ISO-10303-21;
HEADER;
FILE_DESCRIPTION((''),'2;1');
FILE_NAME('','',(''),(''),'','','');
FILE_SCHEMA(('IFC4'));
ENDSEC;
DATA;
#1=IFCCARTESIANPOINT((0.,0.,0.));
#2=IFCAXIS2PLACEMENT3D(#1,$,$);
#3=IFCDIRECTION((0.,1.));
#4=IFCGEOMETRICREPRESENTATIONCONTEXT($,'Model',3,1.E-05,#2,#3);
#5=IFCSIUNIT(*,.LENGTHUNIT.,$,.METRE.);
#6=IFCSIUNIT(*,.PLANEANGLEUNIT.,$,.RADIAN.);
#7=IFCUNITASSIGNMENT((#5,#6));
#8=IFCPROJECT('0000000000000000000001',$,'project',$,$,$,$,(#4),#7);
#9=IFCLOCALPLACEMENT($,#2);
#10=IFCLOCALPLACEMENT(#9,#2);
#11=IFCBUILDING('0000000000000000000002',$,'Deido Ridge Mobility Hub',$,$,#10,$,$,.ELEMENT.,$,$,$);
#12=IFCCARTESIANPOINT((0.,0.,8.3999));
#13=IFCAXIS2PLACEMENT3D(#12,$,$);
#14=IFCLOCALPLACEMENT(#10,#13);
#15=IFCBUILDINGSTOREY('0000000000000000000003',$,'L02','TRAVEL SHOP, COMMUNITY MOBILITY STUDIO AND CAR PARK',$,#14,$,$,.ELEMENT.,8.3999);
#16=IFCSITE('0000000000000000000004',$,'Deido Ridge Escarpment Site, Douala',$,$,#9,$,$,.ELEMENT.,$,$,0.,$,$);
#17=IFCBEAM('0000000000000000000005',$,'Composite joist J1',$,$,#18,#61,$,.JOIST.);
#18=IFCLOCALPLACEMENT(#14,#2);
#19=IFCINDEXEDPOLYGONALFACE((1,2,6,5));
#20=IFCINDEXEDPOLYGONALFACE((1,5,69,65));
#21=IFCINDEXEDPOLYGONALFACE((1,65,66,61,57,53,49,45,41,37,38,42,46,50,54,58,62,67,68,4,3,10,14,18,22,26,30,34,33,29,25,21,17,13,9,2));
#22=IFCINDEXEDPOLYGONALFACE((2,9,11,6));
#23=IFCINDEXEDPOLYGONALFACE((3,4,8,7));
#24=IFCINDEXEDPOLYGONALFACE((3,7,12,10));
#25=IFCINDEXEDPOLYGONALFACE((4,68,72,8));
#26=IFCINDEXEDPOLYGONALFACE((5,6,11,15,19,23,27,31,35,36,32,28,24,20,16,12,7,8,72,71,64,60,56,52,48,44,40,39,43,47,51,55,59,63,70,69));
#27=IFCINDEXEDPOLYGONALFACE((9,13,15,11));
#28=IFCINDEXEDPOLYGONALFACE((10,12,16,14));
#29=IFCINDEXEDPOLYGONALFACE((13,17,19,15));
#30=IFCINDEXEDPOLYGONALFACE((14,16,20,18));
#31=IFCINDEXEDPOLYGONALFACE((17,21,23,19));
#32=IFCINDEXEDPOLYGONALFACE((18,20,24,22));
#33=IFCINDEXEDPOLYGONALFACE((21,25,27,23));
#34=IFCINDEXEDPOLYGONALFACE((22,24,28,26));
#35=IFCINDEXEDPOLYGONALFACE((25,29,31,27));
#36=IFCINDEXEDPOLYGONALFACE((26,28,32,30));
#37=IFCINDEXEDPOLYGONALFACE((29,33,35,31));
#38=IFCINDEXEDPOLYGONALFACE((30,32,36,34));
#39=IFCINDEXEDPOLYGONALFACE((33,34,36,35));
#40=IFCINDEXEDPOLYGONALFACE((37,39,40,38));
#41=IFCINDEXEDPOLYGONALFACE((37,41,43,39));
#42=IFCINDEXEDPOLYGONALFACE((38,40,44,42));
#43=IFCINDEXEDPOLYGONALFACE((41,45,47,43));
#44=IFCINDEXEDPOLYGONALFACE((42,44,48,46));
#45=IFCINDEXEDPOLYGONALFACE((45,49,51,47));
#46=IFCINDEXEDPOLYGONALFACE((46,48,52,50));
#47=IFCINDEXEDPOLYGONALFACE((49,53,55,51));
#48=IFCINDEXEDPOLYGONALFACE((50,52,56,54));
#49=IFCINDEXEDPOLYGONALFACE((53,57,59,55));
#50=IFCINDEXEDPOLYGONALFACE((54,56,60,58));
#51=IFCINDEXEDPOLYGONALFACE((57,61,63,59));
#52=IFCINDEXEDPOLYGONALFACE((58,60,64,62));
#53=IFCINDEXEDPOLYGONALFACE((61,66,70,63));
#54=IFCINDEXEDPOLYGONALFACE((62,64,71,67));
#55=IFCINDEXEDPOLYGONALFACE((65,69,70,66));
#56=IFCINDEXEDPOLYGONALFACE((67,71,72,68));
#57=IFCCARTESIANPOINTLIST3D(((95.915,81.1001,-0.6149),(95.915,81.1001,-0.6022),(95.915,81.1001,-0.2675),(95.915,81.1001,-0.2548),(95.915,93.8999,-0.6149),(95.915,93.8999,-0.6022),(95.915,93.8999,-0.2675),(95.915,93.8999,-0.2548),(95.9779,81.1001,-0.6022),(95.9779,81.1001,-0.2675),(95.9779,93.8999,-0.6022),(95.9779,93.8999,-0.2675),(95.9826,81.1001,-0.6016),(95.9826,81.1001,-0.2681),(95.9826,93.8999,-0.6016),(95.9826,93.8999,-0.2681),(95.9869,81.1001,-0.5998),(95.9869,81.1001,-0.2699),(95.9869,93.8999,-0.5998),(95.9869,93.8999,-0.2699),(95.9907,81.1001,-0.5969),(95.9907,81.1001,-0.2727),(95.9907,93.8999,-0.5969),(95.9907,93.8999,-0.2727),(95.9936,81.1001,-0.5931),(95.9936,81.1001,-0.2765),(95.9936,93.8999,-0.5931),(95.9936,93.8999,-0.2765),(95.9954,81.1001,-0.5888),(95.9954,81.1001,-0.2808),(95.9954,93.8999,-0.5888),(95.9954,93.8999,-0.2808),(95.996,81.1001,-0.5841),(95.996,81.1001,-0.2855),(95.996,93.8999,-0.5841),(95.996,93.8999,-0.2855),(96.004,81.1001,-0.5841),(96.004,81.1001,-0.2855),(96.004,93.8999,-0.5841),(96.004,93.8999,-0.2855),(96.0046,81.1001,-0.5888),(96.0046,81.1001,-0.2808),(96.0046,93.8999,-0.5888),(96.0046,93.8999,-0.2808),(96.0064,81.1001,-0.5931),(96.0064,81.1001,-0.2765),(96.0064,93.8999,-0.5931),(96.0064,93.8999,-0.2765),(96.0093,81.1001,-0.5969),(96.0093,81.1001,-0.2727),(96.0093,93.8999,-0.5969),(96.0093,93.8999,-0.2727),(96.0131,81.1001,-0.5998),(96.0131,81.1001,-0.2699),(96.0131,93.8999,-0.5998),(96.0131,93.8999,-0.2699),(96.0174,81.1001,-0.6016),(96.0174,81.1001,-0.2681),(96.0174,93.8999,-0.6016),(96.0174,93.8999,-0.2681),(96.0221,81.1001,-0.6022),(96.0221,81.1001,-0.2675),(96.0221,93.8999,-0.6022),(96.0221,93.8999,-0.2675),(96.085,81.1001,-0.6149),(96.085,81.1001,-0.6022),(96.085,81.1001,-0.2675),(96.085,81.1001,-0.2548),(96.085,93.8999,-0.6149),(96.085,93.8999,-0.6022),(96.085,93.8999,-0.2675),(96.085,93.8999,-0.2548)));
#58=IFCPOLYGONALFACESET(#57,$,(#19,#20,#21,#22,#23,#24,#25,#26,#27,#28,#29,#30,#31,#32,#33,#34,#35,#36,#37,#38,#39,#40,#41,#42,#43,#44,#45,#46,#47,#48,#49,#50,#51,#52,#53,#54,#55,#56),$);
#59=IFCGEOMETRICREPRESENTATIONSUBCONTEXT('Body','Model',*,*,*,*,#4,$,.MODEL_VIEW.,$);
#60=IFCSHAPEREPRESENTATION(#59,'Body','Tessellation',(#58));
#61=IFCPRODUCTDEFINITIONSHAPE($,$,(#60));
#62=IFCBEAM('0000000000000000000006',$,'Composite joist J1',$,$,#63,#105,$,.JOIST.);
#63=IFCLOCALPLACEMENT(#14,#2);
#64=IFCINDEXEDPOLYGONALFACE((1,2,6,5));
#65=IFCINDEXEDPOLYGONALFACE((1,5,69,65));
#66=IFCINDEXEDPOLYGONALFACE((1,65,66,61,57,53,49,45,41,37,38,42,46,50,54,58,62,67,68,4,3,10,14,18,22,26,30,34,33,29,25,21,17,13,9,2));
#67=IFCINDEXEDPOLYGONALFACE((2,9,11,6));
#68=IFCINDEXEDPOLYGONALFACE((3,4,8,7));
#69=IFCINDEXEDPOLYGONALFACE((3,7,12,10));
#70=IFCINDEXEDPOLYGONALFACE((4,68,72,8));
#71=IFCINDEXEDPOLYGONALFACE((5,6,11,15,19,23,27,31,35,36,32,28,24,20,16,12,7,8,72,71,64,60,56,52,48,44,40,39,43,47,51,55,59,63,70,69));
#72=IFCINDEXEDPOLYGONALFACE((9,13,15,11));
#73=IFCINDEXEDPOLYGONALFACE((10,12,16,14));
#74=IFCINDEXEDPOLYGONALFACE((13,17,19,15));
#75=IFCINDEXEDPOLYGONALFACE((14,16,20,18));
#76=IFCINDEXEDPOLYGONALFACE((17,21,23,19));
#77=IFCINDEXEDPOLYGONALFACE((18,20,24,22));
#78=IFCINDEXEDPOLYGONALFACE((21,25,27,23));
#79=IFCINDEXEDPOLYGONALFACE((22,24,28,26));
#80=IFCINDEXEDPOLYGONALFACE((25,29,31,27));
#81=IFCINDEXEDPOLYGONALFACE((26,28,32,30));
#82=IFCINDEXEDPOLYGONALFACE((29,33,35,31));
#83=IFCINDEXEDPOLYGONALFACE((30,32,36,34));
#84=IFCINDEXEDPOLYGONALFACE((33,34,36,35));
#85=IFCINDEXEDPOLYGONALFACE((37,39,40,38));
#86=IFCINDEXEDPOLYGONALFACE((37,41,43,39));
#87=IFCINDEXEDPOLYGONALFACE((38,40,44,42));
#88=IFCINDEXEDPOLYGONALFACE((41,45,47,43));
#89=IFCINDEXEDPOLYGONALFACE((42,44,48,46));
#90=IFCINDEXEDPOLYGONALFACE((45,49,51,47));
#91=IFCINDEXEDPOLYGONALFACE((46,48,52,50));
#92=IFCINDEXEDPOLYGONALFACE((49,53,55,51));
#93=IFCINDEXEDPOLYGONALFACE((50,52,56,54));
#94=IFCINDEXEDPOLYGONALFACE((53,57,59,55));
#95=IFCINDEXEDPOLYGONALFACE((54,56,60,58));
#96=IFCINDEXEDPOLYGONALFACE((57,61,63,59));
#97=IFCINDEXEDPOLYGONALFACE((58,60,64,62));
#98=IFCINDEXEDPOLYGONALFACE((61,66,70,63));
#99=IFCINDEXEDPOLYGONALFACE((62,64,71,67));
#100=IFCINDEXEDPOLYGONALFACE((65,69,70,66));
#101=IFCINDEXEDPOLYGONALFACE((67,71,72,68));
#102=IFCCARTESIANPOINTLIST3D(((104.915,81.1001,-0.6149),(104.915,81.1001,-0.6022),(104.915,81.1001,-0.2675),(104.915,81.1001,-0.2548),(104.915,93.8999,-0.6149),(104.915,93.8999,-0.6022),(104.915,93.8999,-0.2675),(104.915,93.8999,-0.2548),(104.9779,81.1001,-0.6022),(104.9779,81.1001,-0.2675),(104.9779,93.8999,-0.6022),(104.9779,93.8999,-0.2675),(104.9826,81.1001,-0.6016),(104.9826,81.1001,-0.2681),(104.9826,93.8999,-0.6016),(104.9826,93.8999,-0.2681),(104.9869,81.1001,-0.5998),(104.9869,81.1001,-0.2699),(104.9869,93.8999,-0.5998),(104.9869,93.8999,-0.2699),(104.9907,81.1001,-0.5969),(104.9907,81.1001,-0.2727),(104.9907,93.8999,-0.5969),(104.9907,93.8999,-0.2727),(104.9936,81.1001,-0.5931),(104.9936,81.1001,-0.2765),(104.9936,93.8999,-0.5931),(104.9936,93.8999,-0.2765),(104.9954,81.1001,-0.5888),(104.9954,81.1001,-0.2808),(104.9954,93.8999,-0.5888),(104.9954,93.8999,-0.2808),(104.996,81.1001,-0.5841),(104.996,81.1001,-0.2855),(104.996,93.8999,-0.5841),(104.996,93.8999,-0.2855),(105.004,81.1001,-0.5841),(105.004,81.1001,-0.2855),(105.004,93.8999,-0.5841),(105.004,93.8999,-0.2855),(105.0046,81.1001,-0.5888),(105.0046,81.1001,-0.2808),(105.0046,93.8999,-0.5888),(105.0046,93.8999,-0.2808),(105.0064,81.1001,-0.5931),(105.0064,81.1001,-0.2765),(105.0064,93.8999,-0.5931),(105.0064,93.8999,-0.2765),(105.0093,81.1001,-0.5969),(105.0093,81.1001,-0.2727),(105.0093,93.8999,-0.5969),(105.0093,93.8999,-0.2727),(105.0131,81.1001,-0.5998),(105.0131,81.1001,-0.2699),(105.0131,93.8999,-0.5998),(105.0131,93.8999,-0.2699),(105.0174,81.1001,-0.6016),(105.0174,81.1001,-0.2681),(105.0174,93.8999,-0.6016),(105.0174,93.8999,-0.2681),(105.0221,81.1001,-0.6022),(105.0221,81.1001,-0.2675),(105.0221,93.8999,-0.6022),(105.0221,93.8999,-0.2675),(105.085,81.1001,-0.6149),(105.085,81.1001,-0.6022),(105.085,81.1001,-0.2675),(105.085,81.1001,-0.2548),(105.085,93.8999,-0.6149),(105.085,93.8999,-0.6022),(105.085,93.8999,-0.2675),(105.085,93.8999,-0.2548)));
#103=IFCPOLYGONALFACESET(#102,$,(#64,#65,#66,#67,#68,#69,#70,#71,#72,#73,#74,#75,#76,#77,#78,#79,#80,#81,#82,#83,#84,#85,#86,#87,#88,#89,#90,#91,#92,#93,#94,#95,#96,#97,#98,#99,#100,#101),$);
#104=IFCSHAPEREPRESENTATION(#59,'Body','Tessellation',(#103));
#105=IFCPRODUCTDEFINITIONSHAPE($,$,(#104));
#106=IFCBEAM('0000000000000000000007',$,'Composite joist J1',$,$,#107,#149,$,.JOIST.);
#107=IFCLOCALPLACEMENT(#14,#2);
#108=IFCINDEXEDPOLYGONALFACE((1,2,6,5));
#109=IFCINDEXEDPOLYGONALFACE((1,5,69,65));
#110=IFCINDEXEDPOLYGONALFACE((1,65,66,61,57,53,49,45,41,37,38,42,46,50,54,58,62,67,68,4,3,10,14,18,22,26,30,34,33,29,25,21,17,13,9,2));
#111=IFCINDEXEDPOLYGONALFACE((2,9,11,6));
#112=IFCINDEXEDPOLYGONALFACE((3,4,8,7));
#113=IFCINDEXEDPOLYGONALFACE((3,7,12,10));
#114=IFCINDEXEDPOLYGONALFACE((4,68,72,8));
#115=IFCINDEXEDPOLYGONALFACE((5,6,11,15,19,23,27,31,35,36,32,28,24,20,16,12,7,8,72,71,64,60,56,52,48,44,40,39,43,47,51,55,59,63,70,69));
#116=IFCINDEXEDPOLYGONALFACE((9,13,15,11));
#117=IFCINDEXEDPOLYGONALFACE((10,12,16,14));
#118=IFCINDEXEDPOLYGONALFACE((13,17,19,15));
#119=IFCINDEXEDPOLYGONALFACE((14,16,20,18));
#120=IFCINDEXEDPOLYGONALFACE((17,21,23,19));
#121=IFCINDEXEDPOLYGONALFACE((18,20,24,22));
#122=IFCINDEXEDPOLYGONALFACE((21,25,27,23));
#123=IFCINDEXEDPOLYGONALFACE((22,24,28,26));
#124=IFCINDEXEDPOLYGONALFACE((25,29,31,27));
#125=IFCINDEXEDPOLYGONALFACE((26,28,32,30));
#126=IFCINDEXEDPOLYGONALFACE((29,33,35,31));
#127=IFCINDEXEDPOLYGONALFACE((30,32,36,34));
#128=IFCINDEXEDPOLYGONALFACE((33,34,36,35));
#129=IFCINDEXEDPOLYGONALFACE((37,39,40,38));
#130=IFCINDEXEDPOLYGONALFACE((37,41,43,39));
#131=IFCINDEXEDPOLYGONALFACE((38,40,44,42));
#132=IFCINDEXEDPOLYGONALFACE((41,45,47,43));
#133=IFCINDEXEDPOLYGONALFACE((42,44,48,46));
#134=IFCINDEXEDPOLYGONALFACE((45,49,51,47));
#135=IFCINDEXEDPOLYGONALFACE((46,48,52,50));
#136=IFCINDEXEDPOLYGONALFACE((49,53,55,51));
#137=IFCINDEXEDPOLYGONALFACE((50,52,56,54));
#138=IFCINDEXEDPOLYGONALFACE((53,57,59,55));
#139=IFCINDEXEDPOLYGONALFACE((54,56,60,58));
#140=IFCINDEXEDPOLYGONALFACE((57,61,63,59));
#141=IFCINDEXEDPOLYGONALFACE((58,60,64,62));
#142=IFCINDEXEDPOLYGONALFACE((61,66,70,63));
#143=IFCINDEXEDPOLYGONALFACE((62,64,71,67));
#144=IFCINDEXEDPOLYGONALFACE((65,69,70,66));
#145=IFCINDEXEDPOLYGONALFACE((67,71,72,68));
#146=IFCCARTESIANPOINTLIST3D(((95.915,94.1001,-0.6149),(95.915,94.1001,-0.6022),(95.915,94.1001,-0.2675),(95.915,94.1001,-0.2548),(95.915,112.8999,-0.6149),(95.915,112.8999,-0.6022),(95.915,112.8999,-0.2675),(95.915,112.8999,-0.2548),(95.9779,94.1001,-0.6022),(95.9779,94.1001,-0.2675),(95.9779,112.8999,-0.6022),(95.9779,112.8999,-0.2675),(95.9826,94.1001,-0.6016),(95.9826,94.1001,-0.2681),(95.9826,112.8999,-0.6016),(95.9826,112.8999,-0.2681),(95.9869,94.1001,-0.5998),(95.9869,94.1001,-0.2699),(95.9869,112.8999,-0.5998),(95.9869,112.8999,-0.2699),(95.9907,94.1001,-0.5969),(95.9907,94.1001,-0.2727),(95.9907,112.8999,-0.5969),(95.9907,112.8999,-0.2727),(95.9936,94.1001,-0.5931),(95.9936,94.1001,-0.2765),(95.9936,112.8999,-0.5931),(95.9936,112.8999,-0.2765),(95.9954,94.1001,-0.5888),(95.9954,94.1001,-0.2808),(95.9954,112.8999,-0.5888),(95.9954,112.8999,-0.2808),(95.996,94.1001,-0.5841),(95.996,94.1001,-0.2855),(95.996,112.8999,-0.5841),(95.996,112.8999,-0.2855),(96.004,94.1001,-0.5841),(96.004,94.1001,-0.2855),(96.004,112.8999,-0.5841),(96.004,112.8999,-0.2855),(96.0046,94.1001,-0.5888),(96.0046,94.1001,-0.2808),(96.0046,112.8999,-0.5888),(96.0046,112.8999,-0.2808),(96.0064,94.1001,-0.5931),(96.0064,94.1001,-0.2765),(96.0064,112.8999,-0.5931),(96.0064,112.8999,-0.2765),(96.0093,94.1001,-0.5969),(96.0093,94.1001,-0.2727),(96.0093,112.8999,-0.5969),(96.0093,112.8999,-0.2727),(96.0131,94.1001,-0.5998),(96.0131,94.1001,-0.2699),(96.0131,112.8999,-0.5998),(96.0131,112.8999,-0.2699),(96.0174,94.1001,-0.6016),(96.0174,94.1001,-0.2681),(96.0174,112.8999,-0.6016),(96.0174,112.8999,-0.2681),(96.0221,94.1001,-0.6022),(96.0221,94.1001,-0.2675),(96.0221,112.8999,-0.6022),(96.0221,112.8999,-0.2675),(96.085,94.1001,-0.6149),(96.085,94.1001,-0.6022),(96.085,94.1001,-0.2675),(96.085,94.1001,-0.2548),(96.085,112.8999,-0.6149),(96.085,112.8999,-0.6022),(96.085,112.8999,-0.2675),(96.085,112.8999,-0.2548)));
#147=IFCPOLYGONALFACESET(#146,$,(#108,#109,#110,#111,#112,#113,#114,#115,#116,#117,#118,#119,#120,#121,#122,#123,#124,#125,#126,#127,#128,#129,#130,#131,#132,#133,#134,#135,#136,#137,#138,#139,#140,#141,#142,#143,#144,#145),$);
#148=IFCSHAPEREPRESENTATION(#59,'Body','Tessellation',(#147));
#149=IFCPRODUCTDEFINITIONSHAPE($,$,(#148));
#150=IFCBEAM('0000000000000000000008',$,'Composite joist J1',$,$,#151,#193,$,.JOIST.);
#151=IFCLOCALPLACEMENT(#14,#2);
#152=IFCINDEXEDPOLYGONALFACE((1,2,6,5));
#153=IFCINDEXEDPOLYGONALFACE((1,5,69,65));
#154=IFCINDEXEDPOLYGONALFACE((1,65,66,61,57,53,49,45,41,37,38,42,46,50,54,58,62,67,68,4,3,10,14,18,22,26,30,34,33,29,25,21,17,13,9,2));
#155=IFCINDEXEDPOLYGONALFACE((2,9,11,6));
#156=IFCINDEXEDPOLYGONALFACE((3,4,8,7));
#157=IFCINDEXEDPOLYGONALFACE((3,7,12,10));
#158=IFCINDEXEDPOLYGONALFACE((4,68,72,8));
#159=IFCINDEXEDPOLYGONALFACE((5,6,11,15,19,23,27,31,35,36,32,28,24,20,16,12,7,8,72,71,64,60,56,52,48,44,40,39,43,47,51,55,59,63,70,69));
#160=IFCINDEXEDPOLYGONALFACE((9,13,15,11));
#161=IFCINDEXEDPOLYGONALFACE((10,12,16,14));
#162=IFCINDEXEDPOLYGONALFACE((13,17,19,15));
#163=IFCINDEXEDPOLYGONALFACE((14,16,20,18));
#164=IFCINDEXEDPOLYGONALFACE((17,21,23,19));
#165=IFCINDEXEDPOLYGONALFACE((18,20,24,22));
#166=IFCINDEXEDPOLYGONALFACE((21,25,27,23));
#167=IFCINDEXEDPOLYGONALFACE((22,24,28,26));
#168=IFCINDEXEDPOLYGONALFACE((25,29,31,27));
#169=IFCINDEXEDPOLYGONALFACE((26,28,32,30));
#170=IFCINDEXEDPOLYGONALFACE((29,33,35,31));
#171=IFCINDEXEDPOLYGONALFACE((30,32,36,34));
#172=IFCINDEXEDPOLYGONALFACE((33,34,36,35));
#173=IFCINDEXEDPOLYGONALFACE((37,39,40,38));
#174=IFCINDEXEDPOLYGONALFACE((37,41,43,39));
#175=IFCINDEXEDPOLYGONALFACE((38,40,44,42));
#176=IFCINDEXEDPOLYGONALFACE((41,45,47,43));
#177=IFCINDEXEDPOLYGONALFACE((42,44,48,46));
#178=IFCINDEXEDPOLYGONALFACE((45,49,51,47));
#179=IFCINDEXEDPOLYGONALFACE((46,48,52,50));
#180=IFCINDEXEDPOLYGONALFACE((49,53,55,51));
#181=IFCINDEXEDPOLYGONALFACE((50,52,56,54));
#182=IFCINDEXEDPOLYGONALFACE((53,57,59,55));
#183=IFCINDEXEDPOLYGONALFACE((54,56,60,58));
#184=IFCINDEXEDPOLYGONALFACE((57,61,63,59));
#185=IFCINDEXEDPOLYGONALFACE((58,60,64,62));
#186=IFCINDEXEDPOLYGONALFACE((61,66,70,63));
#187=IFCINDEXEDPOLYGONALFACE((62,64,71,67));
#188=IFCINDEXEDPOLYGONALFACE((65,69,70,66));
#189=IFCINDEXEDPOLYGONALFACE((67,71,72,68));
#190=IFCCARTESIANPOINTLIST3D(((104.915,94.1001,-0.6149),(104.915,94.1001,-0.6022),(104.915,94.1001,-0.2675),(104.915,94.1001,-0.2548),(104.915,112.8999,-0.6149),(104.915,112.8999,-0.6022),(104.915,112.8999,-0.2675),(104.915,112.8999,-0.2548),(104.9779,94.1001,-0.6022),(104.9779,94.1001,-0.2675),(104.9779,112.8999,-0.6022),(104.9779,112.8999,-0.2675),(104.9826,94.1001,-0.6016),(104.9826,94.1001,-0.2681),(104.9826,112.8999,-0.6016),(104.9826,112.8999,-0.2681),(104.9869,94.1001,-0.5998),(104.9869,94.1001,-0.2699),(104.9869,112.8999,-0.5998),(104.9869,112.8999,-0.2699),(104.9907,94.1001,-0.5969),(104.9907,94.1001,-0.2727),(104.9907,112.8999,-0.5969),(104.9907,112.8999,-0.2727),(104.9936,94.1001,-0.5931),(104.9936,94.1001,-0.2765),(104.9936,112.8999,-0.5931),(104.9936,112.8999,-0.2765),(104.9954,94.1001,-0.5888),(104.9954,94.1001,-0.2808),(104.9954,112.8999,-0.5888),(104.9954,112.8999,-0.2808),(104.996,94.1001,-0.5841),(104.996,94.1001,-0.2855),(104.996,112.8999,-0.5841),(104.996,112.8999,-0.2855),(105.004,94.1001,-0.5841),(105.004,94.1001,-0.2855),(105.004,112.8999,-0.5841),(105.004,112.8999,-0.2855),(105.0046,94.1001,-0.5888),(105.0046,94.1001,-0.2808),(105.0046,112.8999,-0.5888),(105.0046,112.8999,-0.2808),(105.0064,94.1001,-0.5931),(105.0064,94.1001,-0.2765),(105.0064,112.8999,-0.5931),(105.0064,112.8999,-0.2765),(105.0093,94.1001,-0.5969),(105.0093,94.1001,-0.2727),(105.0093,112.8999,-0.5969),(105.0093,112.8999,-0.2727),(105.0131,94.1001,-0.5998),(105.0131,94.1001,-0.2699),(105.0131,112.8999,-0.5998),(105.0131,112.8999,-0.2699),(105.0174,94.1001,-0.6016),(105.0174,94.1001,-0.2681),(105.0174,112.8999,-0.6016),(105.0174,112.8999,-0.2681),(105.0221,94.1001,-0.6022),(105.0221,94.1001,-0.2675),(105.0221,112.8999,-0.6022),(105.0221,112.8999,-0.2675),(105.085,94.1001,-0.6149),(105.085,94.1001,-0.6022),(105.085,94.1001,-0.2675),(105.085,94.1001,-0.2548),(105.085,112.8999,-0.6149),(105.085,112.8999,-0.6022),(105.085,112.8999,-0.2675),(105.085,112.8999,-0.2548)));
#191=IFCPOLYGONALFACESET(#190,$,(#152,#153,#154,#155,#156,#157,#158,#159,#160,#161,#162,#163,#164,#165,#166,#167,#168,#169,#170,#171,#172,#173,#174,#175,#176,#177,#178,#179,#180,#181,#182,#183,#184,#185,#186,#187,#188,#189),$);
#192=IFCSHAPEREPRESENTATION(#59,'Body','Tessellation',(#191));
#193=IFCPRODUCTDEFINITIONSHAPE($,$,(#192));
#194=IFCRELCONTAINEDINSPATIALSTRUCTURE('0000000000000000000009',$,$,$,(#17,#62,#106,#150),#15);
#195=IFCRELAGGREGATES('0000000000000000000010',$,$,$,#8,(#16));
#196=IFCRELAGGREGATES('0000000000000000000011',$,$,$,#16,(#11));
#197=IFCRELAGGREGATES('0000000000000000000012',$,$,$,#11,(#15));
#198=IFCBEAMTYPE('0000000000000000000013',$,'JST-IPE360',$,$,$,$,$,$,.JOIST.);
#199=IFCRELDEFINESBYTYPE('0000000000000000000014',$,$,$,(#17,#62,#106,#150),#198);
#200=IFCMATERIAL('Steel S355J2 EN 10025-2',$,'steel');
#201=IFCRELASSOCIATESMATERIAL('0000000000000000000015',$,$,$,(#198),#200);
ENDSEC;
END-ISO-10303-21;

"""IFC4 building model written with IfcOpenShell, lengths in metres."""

from ifc_helpers import new_model, si_unit, direction, frame, origin, origin_2d, place, context, subcontext, project, spatial, i_section, extrude, material, material_profile, profile_set, type_object, element, save


model = new_model("IFC4")

# Units and contexts
model_context = context("Model", 3, precision=1e-05, world=origin(), true_north=direction((0.0, 1.0)))
body_context = subcontext(model_context, "Body", "Model", "MODEL_VIEW")
ifc_project = project(units=[si_unit("LENGTHUNIT", "METRE"), si_unit("PLANEANGLEUNIT", "RADIAN")], contexts=[model_context])

# Site, building, storey
site_placement = place(None, origin())
site = spatial("IfcSite", under=ifc_project, at=site_placement, Name="Deido Ridge Escarpment Site, Douala", CompositionType="ELEMENT", RefElevation=0.0)
building_placement = place(site_placement, origin())
building = spatial("IfcBuilding", under=site, at=building_placement, Name="Deido Ridge Mobility Hub", CompositionType="ELEMENT")
storey_placement = place(building_placement, frame((0.0, 0.0, 8.3999)))
storey = spatial("IfcBuildingStorey", under=building, at=storey_placement, Name="L02", Description="TRAVEL SHOP, COMMUNITY MOBILITY STUDIO AND CAR PARK", CompositionType="ELEMENT", Elevation=8.3999)

# Shared definitions
ifc_material_1 = material(Name="Steel S355J2 EN 10025-2", Category="steel")

# Beams
ifc_material_profile_1 = material_profile(ifc_material_1, i_section(OverallWidth=0.1699, OverallDepth=0.3601, WebThickness=0.0081, FlangeThickness=0.0127, FilletRadius=0.0181, at=origin_2d()), Name="IPE 360")
ifc_profile_set_1 = profile_set([ifc_material_profile_1], Name="Steel S355J2 EN 10025-2")
beam_type_1 = type_object("IfcBeamType", Name="JST-IPE360", PredefinedType="JOIST", material=ifc_profile_set_1)
for number, where, z_axis, x_axis, name in (
    (1, (96.0, 81.1001, -0.4348), (0.0, 1.0, 0.0), (-1.0, 0.0, 0.0), "Composite joist J1"),
    (2, (105.0, 81.1001, -0.4348), (0.0, 1.0, 0.0), (-1.0, 0.0, 0.0), "Composite joist J1"),
):
    element("IfcBeam", number, at=place(storey_placement, frame(where, z_axis=z_axis, x_axis=x_axis)), inside=storey, type_object=beam_type_1, Name=name, PredefinedType="JOIST", context=body_context, shape_type="SweptSolid", body=[
        extrude(i_section(OverallWidth=0.1699, OverallDepth=0.3601, WebThickness=0.0081, FlangeThickness=0.0127, FilletRadius=0.0181, at=origin_2d()), origin(), (0.0, 0.0, 1.0), 12.7998),
    ])
for number, where, z_axis, x_axis, name in (
    (3, (96.0, 94.1001, -0.4348), (0.0, 1.0, 0.0), (-1.0, 0.0, 0.0), "Composite joist J1"),
    (4, (105.0, 94.1001, -0.4348), (0.0, 1.0, 0.0), (-1.0, 0.0, 0.0), "Composite joist J1"),
):
    element("IfcBeam", number, at=place(storey_placement, frame(where, z_axis=z_axis, x_axis=x_axis)), inside=storey, type_object=beam_type_1, Name=name, PredefinedType="JOIST", context=body_context, shape_type="SweptSolid", body=[
        extrude(i_section(OverallWidth=0.1699, OverallDepth=0.3601, WebThickness=0.0081, FlangeThickness=0.0127, FilletRadius=0.0181, at=origin_2d()), origin(), (0.0, 0.0, 1.0), 18.7998),
    ])

save(model, "model.ifc")
